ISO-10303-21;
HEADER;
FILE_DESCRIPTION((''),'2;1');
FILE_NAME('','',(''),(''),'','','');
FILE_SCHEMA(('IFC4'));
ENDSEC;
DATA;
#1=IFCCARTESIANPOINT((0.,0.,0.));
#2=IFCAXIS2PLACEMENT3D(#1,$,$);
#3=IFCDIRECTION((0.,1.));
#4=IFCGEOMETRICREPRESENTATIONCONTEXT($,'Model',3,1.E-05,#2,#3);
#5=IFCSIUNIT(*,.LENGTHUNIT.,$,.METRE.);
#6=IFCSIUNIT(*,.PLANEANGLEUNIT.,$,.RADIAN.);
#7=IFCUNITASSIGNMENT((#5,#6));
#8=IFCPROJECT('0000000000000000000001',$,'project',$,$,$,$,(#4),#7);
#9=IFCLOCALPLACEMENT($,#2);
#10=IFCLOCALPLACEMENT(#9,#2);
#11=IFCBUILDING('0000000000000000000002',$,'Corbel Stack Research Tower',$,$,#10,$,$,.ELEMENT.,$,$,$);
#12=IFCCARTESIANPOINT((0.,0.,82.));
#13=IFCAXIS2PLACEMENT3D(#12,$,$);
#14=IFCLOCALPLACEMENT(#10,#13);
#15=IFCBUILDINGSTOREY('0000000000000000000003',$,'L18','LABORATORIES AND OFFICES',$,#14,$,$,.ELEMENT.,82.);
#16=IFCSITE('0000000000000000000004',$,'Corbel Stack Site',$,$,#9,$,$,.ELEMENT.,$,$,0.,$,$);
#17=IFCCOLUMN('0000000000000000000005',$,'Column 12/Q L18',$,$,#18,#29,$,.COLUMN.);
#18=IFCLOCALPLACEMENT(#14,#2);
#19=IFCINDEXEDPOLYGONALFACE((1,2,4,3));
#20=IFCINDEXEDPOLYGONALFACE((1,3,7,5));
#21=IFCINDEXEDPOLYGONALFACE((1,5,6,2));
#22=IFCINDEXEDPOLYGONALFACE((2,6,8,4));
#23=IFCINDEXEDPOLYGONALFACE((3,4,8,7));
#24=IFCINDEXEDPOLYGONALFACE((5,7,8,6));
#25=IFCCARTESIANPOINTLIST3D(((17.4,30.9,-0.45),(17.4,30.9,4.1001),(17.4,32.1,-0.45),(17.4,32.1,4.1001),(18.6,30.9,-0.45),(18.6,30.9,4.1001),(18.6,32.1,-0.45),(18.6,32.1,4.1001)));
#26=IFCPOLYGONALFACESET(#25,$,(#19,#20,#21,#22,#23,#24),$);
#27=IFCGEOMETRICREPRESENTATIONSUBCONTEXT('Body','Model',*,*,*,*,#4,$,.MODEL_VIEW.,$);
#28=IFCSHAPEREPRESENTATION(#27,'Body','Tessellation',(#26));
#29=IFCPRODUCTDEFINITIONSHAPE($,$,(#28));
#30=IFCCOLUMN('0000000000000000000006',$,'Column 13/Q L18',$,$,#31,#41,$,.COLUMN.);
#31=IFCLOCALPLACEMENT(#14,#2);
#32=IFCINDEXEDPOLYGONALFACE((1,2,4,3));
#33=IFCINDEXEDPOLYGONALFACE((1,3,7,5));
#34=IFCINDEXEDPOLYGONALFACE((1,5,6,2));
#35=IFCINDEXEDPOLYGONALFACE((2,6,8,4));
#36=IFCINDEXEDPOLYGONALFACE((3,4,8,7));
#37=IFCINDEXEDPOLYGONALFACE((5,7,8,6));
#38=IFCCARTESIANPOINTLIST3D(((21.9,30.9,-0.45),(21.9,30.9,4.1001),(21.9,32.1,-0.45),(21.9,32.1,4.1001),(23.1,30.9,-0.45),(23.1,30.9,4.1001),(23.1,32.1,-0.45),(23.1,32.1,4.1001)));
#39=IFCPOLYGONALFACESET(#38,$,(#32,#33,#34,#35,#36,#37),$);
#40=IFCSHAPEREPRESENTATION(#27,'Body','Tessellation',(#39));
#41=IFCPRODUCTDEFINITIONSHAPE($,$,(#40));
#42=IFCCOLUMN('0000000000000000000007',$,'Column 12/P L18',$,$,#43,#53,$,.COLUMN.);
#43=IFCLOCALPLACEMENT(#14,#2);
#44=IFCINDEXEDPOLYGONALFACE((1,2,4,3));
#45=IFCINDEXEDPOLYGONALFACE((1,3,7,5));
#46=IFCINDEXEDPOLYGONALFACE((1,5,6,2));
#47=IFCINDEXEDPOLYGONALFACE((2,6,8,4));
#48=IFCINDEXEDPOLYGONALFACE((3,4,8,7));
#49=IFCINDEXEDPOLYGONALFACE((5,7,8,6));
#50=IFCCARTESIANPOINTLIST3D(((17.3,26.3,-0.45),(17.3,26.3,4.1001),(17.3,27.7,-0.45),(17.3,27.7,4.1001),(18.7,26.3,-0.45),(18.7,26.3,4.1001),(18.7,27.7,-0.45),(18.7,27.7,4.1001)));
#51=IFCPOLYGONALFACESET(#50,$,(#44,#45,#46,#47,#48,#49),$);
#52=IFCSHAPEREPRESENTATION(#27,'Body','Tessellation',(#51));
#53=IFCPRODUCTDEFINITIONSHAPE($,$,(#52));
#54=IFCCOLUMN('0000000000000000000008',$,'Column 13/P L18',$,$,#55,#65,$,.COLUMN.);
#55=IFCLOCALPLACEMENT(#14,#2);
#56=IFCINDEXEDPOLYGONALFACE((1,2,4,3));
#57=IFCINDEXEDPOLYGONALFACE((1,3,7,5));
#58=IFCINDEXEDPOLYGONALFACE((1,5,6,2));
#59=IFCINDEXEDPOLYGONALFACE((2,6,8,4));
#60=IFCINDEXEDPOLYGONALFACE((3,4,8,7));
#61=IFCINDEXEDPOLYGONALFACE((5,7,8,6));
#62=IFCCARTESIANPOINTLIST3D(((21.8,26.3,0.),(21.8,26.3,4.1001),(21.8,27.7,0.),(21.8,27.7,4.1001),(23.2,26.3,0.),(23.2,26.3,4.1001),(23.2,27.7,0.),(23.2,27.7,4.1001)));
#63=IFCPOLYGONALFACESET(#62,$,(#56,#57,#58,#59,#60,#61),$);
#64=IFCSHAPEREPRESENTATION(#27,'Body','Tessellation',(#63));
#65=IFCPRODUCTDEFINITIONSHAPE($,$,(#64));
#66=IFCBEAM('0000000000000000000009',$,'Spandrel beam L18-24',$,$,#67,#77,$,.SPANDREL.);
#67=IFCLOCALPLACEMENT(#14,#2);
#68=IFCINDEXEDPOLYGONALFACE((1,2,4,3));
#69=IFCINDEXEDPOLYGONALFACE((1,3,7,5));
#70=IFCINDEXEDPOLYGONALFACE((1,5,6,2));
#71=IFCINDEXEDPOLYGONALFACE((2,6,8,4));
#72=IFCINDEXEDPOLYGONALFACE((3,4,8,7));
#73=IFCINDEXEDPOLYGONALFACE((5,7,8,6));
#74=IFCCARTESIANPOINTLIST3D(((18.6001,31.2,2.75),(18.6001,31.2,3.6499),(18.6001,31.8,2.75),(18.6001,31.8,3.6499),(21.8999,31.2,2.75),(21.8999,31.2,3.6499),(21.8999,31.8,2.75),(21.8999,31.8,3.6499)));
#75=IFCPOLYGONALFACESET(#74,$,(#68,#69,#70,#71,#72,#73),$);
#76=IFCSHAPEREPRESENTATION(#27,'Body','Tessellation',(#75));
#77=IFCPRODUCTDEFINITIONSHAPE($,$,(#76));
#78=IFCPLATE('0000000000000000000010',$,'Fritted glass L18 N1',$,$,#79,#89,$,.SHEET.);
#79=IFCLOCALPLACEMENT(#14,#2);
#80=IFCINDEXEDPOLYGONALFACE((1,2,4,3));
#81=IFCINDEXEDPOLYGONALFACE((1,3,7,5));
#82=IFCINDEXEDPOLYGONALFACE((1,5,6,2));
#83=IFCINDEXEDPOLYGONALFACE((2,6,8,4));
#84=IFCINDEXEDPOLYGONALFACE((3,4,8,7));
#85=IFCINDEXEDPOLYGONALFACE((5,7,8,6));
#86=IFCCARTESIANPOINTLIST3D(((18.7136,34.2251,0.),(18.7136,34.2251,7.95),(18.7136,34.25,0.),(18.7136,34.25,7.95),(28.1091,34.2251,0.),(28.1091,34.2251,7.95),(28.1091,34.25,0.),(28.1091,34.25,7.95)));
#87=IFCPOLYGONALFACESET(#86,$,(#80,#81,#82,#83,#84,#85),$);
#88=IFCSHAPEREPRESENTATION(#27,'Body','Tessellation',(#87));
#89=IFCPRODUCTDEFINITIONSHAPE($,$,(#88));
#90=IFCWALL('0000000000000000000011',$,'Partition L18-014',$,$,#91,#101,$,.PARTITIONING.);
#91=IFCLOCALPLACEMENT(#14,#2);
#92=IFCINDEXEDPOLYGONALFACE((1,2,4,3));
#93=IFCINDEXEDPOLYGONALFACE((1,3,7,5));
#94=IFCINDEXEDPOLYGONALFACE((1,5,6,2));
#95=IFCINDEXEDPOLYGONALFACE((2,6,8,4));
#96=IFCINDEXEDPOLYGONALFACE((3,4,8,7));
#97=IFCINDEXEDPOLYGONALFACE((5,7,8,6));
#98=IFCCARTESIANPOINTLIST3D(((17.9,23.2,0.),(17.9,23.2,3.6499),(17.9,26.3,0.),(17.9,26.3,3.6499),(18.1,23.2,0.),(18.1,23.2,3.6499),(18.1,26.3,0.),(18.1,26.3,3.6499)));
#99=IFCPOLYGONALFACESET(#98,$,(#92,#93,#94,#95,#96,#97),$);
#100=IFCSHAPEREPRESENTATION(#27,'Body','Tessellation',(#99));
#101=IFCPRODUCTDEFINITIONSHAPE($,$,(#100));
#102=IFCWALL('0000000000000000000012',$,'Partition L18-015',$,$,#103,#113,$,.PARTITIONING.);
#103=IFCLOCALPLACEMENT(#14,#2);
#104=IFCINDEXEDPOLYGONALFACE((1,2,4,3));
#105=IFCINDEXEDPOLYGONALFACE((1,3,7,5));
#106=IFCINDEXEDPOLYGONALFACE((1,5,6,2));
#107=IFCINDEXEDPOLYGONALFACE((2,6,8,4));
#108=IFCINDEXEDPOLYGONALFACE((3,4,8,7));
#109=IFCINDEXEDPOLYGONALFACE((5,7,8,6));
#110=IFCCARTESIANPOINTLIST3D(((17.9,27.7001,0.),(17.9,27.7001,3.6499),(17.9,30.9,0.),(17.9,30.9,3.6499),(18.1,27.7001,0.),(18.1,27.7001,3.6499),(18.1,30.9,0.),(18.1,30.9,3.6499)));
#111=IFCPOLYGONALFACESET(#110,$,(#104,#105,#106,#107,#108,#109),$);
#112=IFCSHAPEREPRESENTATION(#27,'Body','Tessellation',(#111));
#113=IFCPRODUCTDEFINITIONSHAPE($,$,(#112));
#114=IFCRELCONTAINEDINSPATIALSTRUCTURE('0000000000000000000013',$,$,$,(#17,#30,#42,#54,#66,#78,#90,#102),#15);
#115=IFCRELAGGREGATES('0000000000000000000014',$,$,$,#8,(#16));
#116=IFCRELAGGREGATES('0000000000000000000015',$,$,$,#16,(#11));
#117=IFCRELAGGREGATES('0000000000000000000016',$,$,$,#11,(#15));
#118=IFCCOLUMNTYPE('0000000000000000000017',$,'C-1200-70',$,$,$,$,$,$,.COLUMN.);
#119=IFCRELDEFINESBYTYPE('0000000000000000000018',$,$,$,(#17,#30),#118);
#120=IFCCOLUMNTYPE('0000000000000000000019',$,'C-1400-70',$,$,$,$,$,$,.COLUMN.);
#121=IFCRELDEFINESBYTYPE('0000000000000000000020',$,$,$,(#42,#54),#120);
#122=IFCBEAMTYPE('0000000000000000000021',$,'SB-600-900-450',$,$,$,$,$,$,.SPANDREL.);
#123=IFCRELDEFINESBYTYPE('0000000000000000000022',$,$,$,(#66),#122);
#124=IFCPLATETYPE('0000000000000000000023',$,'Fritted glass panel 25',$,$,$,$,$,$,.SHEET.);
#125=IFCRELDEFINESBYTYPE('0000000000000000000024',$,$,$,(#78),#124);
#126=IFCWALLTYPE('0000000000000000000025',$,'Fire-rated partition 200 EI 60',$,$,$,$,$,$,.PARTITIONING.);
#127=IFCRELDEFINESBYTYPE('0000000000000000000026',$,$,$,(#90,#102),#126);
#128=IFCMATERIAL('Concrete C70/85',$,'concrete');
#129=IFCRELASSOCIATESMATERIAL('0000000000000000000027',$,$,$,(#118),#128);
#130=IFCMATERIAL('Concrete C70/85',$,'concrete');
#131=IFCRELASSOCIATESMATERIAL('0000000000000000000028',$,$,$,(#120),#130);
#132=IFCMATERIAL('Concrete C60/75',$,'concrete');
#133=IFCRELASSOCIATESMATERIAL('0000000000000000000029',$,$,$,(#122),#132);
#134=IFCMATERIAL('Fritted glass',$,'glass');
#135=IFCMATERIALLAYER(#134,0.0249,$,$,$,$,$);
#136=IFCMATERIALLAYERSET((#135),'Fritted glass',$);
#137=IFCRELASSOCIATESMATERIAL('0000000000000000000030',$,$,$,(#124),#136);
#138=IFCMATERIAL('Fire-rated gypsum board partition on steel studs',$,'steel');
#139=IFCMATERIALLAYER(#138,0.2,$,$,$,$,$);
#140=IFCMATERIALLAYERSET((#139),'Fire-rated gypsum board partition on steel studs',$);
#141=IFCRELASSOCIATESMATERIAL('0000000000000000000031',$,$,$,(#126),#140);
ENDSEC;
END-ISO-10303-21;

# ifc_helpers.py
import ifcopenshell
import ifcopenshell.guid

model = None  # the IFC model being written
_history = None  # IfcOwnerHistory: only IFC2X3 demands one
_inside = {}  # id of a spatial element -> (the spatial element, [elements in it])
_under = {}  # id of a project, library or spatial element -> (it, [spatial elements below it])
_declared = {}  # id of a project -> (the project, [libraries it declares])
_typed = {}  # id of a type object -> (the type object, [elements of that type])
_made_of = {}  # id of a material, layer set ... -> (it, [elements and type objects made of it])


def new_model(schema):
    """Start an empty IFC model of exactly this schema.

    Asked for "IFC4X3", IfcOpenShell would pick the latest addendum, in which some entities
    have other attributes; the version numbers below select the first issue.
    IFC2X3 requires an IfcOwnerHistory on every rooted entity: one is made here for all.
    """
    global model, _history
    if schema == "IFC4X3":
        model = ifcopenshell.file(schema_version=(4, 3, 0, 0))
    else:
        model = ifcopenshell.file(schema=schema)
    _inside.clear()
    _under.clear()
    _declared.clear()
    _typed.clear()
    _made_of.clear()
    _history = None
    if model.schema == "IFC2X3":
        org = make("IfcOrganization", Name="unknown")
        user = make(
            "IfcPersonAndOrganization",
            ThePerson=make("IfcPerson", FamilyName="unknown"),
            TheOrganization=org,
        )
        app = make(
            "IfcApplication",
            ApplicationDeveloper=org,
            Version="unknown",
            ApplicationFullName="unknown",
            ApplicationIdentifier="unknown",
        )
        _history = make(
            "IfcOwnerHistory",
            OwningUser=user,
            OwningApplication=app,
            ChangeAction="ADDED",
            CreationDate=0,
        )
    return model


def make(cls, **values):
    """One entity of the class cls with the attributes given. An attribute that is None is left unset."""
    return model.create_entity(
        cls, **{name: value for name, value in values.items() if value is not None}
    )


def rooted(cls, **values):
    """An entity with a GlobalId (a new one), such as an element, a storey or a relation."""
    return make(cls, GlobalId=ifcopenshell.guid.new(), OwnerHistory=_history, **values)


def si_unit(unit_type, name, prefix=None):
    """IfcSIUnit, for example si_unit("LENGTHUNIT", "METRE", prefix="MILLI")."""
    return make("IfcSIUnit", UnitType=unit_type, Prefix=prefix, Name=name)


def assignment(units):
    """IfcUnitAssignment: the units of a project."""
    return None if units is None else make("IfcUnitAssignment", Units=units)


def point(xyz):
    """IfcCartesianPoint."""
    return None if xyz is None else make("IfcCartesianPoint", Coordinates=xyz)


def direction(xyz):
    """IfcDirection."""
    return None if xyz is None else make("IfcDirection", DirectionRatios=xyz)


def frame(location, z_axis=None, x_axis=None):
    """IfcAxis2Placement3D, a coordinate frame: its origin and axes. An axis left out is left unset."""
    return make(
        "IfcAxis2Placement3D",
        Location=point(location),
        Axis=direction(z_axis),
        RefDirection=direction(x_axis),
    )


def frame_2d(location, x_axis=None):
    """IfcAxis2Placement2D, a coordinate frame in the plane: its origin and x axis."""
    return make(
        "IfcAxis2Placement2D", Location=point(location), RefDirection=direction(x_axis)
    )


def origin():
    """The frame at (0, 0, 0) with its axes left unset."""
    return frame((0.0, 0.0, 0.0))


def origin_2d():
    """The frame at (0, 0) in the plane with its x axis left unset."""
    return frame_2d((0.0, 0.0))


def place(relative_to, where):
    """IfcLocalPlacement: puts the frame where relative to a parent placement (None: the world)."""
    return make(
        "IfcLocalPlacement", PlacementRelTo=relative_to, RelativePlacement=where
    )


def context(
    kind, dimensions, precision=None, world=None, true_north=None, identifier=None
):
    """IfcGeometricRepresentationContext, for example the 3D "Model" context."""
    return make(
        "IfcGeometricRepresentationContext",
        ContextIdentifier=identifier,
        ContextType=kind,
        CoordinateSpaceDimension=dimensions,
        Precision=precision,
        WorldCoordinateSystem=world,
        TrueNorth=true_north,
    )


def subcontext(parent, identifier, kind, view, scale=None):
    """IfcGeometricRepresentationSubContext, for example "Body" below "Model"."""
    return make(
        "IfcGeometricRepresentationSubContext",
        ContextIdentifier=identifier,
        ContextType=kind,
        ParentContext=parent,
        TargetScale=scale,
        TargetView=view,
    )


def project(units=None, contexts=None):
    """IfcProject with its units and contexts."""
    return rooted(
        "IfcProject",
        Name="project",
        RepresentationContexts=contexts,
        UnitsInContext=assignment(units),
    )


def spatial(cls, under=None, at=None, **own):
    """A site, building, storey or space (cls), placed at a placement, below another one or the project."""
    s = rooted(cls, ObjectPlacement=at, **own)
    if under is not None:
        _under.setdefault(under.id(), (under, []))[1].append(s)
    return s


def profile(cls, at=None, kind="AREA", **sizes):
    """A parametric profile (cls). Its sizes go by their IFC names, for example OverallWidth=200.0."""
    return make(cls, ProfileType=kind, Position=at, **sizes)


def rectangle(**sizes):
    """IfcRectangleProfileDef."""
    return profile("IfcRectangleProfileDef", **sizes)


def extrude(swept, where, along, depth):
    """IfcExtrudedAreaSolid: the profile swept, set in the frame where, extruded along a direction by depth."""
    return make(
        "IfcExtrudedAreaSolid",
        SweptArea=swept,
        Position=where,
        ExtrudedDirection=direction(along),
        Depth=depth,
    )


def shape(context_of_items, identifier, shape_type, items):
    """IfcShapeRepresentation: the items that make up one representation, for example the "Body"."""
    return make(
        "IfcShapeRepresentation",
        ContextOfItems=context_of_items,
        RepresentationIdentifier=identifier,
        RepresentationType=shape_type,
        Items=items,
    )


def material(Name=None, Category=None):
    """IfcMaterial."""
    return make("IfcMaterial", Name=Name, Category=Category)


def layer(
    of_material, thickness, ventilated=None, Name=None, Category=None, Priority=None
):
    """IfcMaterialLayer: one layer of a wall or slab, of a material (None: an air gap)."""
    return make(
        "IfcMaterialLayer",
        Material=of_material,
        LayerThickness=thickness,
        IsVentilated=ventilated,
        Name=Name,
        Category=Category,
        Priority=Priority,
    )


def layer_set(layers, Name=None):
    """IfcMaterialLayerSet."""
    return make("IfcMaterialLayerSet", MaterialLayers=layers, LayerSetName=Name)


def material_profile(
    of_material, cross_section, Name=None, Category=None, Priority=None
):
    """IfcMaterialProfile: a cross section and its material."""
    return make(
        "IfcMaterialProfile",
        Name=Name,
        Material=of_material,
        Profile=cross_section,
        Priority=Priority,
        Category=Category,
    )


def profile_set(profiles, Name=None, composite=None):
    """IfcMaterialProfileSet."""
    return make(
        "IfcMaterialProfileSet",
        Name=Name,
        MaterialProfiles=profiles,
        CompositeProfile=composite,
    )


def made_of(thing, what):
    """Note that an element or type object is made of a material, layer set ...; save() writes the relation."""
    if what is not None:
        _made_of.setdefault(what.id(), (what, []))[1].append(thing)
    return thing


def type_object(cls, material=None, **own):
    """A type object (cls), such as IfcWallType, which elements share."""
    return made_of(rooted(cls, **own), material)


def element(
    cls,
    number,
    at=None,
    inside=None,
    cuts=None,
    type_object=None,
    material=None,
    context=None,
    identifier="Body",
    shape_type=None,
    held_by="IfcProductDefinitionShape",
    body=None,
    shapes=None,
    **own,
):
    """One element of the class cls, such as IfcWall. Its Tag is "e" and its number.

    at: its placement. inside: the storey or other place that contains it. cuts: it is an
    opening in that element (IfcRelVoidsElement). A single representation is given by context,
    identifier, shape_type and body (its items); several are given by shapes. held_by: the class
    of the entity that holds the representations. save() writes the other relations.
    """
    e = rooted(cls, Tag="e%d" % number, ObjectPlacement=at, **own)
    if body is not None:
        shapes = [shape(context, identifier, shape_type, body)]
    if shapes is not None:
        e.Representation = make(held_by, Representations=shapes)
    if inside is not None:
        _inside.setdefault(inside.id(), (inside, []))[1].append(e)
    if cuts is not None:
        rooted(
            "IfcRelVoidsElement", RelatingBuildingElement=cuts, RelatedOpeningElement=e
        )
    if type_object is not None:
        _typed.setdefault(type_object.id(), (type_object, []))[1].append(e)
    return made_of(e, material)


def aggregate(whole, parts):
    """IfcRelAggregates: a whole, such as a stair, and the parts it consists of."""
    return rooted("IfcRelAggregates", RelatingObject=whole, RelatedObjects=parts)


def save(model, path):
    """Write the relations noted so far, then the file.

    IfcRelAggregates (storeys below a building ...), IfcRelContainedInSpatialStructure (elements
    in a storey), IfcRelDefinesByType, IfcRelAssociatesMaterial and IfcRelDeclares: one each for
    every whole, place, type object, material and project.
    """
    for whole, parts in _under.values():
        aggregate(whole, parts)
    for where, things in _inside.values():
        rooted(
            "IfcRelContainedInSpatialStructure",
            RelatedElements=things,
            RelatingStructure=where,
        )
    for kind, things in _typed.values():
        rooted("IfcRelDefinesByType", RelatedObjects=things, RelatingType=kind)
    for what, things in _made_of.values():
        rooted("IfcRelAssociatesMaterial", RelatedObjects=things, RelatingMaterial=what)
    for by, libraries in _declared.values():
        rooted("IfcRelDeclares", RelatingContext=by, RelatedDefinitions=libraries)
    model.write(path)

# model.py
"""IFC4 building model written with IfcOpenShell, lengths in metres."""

from ifc_helpers import new_model, si_unit, direction, frame, frame_2d, origin, origin_2d, place, context, subcontext, project, spatial, rectangle, extrude, material, layer, layer_set, material_profile, profile_set, type_object, element, save


model = new_model("IFC4")

# Units and contexts
model_context = context("Model", 3, precision=1e-05, world=origin(), true_north=direction((0.0, 1.0)))
body_context = subcontext(model_context, "Body", "Model", "MODEL_VIEW")
ifc_project = project(units=[si_unit("LENGTHUNIT", "METRE"), si_unit("PLANEANGLEUNIT", "RADIAN")], contexts=[model_context])

# Site, building, storey
site_placement = place(None, origin())
site = spatial("IfcSite", under=ifc_project, at=site_placement, Name="Corbel Stack Site", CompositionType="ELEMENT", RefElevation=0.0)
building_placement = place(site_placement, origin())
building = spatial("IfcBuilding", under=site, at=building_placement, Name="Corbel Stack Research Tower", CompositionType="ELEMENT")
storey_placement = place(building_placement, frame((0.0, 0.0, 82.0)))
storey = spatial("IfcBuildingStorey", under=building, at=storey_placement, Name="L18", Description="LABORATORIES AND OFFICES", CompositionType="ELEMENT", Elevation=82.0)

# Columns
ifc_material_1 = material(Name="Concrete C70/85", Category="concrete")
ifc_material_profile_1 = material_profile(ifc_material_1, rectangle(XDim=1.2, YDim=1.2, at=origin_2d()), Name="RC 1200 x 1200")
ifc_profile_set_1 = profile_set([ifc_material_profile_1], Name="Concrete C70/85")
column_type_1 = type_object("IfcColumnType", Name="C-1200-70", PredefinedType="COLUMN", material=ifc_profile_set_1)
for number, where, z_axis, x_axis, name in (
    (1, (18.0, 31.5, -0.45), (0.0, 0.0, 1.0), (1.0, 0.0, 0.0), "Column 12/Q L18"),
    (2, (22.5, 31.5, -0.45), (0.0, 0.0, 1.0), (1.0, 0.0, 0.0), "Column 13/Q L18"),
):
    element("IfcColumn", number, at=place(storey_placement, frame(where, z_axis=z_axis, x_axis=x_axis)), inside=storey, type_object=column_type_1, Name=name, PredefinedType="COLUMN", context=body_context, shape_type="SweptSolid", body=[
        extrude(rectangle(XDim=1.2, YDim=1.2, at=origin_2d()), origin(), (0.0, 0.0, 1.0), 4.55),
    ])
ifc_material_2 = material(Name="Concrete C70/85", Category="concrete")
ifc_material_profile_2 = material_profile(ifc_material_2, rectangle(XDim=1.3999, YDim=1.3999, at=origin_2d()), Name="RC 1400 x 1400")
ifc_profile_set_2 = profile_set([ifc_material_profile_2], Name="Concrete C70/85")
column_type_2 = type_object("IfcColumnType", Name="C-1400-70", PredefinedType="COLUMN", material=ifc_profile_set_2)
column_1_placement = place(storey_placement, frame((18.0, 27.0, -0.45), z_axis=(0.0, 0.0, 1.0), x_axis=(1.0, 0.0, 0.0)))
element("IfcColumn", 3, at=column_1_placement, inside=storey, type_object=column_type_2, Name="Column 12/P L18", PredefinedType="COLUMN", context=body_context, shape_type="SweptSolid", body=[
    extrude(rectangle(XDim=1.3999, YDim=1.3999, at=origin_2d()), origin(), (0.0, 0.0, 1.0), 4.55),
])
column_2_placement = place(storey_placement, frame((22.5, 27.0, 0.0), z_axis=(0.0, 0.0, 1.0), x_axis=(1.0, 0.0, 0.0)))
element("IfcColumn", 4, at=column_2_placement, inside=storey, type_object=column_type_2, Name="Column 13/P L18", PredefinedType="COLUMN", context=body_context, shape_type="SweptSolid", body=[
    extrude(rectangle(XDim=1.3999, YDim=1.3999, at=origin_2d()), origin(), (0.0, 0.0, 1.0), 4.1001),
])

# Beam
ifc_material_3 = material(Name="Concrete C60/75", Category="concrete")
ifc_material_profile_3 = material_profile(ifc_material_3, rectangle(XDim=0.6001, YDim=0.8999, at=origin_2d()), Name="RC 600 x 900")
ifc_profile_set_3 = profile_set([ifc_material_profile_3], Name="Concrete C60/75")
beam_type = type_object("IfcBeamType", Name="SB-600-900-450", PredefinedType="SPANDREL", material=ifc_profile_set_3)
beam_placement = place(storey_placement, frame((21.8999, 31.5, 3.2), z_axis=(-1.0, 0.0, 0.0), x_axis=(0.0, -1.0, 0.0)))
element("IfcBeam", 5, at=beam_placement, inside=storey, type_object=beam_type, Name="Spandrel beam L18-24", PredefinedType="SPANDREL", context=body_context, shape_type="SweptSolid", body=[
    extrude(rectangle(XDim=0.6001, YDim=0.8999, at=origin_2d()), origin(), (0.0, 0.0, 1.0), 3.2998),
])

# Plate
ifc_material_4 = material(Name="Fritted glass", Category="glass")
ifc_layer_1 = layer(ifc_material_4, 0.0249)
ifc_layer_set_1 = layer_set([ifc_layer_1], Name="Fritted glass")
plate_type = type_object("IfcPlateType", Name="Fritted glass panel 25", PredefinedType="SHEET", material=ifc_layer_set_1)
plate_placement = place(storey_placement, frame((23.4114, 34.2375, 0.0), z_axis=(0.0, 0.0, 1.0), x_axis=(-1.0, 0.0, 0.0)))
element("IfcPlate", 6, at=plate_placement, inside=storey, type_object=plate_type, Name="Fritted glass L18 N1", PredefinedType="SHEET", context=body_context, shape_type="SweptSolid", body=[
    extrude(rectangle(XDim=9.3955, YDim=0.0249, at=origin_2d()), origin(), (0.0, 0.0, 1.0), 7.95),
])

# Walls
ifc_material_5 = material(Name="Fire-rated gypsum board partition on steel studs", Category="steel")
ifc_layer_2 = layer(ifc_material_5, 0.2)
ifc_layer_set_2 = layer_set([ifc_layer_2], Name="Fire-rated gypsum board partition on steel studs")
wall_type_1 = type_object("IfcWallType", Name="Fire-rated partition 200 EI 60", PredefinedType="PARTITIONING", material=ifc_layer_set_2)
wall_1_placement = place(storey_placement, frame((18.0, 23.2, 0.0), z_axis=(0.0, 0.0, 1.0), x_axis=(0.0, 1.0, 0.0)))
element("IfcWall", 7, at=wall_1_placement, inside=storey, type_object=wall_type_1, Name="Partition L18-014", PredefinedType="PARTITIONING", context=body_context, shape_type="SweptSolid", body=[
    extrude(rectangle(XDim=3.1001, YDim=0.2, at=frame_2d((1.55, 0.0))), origin(), (0.0, 0.0, 1.0), 3.6499),
])
wall_2_placement = place(storey_placement, frame((18.0, 27.7, 0.0), z_axis=(0.0, 0.0, 1.0), x_axis=(0.0, 1.0, 0.0)))
element("IfcWall", 8, at=wall_2_placement, inside=storey, type_object=wall_type_1, Name="Partition L18-015", PredefinedType="PARTITIONING", context=body_context, shape_type="SweptSolid", body=[
    extrude(rectangle(XDim=3.2, YDim=0.2, at=frame_2d((1.6001, 0.0))), origin(), (0.0, 0.0, 1.0), 3.6499),
])

save(model, "model.ifc")
